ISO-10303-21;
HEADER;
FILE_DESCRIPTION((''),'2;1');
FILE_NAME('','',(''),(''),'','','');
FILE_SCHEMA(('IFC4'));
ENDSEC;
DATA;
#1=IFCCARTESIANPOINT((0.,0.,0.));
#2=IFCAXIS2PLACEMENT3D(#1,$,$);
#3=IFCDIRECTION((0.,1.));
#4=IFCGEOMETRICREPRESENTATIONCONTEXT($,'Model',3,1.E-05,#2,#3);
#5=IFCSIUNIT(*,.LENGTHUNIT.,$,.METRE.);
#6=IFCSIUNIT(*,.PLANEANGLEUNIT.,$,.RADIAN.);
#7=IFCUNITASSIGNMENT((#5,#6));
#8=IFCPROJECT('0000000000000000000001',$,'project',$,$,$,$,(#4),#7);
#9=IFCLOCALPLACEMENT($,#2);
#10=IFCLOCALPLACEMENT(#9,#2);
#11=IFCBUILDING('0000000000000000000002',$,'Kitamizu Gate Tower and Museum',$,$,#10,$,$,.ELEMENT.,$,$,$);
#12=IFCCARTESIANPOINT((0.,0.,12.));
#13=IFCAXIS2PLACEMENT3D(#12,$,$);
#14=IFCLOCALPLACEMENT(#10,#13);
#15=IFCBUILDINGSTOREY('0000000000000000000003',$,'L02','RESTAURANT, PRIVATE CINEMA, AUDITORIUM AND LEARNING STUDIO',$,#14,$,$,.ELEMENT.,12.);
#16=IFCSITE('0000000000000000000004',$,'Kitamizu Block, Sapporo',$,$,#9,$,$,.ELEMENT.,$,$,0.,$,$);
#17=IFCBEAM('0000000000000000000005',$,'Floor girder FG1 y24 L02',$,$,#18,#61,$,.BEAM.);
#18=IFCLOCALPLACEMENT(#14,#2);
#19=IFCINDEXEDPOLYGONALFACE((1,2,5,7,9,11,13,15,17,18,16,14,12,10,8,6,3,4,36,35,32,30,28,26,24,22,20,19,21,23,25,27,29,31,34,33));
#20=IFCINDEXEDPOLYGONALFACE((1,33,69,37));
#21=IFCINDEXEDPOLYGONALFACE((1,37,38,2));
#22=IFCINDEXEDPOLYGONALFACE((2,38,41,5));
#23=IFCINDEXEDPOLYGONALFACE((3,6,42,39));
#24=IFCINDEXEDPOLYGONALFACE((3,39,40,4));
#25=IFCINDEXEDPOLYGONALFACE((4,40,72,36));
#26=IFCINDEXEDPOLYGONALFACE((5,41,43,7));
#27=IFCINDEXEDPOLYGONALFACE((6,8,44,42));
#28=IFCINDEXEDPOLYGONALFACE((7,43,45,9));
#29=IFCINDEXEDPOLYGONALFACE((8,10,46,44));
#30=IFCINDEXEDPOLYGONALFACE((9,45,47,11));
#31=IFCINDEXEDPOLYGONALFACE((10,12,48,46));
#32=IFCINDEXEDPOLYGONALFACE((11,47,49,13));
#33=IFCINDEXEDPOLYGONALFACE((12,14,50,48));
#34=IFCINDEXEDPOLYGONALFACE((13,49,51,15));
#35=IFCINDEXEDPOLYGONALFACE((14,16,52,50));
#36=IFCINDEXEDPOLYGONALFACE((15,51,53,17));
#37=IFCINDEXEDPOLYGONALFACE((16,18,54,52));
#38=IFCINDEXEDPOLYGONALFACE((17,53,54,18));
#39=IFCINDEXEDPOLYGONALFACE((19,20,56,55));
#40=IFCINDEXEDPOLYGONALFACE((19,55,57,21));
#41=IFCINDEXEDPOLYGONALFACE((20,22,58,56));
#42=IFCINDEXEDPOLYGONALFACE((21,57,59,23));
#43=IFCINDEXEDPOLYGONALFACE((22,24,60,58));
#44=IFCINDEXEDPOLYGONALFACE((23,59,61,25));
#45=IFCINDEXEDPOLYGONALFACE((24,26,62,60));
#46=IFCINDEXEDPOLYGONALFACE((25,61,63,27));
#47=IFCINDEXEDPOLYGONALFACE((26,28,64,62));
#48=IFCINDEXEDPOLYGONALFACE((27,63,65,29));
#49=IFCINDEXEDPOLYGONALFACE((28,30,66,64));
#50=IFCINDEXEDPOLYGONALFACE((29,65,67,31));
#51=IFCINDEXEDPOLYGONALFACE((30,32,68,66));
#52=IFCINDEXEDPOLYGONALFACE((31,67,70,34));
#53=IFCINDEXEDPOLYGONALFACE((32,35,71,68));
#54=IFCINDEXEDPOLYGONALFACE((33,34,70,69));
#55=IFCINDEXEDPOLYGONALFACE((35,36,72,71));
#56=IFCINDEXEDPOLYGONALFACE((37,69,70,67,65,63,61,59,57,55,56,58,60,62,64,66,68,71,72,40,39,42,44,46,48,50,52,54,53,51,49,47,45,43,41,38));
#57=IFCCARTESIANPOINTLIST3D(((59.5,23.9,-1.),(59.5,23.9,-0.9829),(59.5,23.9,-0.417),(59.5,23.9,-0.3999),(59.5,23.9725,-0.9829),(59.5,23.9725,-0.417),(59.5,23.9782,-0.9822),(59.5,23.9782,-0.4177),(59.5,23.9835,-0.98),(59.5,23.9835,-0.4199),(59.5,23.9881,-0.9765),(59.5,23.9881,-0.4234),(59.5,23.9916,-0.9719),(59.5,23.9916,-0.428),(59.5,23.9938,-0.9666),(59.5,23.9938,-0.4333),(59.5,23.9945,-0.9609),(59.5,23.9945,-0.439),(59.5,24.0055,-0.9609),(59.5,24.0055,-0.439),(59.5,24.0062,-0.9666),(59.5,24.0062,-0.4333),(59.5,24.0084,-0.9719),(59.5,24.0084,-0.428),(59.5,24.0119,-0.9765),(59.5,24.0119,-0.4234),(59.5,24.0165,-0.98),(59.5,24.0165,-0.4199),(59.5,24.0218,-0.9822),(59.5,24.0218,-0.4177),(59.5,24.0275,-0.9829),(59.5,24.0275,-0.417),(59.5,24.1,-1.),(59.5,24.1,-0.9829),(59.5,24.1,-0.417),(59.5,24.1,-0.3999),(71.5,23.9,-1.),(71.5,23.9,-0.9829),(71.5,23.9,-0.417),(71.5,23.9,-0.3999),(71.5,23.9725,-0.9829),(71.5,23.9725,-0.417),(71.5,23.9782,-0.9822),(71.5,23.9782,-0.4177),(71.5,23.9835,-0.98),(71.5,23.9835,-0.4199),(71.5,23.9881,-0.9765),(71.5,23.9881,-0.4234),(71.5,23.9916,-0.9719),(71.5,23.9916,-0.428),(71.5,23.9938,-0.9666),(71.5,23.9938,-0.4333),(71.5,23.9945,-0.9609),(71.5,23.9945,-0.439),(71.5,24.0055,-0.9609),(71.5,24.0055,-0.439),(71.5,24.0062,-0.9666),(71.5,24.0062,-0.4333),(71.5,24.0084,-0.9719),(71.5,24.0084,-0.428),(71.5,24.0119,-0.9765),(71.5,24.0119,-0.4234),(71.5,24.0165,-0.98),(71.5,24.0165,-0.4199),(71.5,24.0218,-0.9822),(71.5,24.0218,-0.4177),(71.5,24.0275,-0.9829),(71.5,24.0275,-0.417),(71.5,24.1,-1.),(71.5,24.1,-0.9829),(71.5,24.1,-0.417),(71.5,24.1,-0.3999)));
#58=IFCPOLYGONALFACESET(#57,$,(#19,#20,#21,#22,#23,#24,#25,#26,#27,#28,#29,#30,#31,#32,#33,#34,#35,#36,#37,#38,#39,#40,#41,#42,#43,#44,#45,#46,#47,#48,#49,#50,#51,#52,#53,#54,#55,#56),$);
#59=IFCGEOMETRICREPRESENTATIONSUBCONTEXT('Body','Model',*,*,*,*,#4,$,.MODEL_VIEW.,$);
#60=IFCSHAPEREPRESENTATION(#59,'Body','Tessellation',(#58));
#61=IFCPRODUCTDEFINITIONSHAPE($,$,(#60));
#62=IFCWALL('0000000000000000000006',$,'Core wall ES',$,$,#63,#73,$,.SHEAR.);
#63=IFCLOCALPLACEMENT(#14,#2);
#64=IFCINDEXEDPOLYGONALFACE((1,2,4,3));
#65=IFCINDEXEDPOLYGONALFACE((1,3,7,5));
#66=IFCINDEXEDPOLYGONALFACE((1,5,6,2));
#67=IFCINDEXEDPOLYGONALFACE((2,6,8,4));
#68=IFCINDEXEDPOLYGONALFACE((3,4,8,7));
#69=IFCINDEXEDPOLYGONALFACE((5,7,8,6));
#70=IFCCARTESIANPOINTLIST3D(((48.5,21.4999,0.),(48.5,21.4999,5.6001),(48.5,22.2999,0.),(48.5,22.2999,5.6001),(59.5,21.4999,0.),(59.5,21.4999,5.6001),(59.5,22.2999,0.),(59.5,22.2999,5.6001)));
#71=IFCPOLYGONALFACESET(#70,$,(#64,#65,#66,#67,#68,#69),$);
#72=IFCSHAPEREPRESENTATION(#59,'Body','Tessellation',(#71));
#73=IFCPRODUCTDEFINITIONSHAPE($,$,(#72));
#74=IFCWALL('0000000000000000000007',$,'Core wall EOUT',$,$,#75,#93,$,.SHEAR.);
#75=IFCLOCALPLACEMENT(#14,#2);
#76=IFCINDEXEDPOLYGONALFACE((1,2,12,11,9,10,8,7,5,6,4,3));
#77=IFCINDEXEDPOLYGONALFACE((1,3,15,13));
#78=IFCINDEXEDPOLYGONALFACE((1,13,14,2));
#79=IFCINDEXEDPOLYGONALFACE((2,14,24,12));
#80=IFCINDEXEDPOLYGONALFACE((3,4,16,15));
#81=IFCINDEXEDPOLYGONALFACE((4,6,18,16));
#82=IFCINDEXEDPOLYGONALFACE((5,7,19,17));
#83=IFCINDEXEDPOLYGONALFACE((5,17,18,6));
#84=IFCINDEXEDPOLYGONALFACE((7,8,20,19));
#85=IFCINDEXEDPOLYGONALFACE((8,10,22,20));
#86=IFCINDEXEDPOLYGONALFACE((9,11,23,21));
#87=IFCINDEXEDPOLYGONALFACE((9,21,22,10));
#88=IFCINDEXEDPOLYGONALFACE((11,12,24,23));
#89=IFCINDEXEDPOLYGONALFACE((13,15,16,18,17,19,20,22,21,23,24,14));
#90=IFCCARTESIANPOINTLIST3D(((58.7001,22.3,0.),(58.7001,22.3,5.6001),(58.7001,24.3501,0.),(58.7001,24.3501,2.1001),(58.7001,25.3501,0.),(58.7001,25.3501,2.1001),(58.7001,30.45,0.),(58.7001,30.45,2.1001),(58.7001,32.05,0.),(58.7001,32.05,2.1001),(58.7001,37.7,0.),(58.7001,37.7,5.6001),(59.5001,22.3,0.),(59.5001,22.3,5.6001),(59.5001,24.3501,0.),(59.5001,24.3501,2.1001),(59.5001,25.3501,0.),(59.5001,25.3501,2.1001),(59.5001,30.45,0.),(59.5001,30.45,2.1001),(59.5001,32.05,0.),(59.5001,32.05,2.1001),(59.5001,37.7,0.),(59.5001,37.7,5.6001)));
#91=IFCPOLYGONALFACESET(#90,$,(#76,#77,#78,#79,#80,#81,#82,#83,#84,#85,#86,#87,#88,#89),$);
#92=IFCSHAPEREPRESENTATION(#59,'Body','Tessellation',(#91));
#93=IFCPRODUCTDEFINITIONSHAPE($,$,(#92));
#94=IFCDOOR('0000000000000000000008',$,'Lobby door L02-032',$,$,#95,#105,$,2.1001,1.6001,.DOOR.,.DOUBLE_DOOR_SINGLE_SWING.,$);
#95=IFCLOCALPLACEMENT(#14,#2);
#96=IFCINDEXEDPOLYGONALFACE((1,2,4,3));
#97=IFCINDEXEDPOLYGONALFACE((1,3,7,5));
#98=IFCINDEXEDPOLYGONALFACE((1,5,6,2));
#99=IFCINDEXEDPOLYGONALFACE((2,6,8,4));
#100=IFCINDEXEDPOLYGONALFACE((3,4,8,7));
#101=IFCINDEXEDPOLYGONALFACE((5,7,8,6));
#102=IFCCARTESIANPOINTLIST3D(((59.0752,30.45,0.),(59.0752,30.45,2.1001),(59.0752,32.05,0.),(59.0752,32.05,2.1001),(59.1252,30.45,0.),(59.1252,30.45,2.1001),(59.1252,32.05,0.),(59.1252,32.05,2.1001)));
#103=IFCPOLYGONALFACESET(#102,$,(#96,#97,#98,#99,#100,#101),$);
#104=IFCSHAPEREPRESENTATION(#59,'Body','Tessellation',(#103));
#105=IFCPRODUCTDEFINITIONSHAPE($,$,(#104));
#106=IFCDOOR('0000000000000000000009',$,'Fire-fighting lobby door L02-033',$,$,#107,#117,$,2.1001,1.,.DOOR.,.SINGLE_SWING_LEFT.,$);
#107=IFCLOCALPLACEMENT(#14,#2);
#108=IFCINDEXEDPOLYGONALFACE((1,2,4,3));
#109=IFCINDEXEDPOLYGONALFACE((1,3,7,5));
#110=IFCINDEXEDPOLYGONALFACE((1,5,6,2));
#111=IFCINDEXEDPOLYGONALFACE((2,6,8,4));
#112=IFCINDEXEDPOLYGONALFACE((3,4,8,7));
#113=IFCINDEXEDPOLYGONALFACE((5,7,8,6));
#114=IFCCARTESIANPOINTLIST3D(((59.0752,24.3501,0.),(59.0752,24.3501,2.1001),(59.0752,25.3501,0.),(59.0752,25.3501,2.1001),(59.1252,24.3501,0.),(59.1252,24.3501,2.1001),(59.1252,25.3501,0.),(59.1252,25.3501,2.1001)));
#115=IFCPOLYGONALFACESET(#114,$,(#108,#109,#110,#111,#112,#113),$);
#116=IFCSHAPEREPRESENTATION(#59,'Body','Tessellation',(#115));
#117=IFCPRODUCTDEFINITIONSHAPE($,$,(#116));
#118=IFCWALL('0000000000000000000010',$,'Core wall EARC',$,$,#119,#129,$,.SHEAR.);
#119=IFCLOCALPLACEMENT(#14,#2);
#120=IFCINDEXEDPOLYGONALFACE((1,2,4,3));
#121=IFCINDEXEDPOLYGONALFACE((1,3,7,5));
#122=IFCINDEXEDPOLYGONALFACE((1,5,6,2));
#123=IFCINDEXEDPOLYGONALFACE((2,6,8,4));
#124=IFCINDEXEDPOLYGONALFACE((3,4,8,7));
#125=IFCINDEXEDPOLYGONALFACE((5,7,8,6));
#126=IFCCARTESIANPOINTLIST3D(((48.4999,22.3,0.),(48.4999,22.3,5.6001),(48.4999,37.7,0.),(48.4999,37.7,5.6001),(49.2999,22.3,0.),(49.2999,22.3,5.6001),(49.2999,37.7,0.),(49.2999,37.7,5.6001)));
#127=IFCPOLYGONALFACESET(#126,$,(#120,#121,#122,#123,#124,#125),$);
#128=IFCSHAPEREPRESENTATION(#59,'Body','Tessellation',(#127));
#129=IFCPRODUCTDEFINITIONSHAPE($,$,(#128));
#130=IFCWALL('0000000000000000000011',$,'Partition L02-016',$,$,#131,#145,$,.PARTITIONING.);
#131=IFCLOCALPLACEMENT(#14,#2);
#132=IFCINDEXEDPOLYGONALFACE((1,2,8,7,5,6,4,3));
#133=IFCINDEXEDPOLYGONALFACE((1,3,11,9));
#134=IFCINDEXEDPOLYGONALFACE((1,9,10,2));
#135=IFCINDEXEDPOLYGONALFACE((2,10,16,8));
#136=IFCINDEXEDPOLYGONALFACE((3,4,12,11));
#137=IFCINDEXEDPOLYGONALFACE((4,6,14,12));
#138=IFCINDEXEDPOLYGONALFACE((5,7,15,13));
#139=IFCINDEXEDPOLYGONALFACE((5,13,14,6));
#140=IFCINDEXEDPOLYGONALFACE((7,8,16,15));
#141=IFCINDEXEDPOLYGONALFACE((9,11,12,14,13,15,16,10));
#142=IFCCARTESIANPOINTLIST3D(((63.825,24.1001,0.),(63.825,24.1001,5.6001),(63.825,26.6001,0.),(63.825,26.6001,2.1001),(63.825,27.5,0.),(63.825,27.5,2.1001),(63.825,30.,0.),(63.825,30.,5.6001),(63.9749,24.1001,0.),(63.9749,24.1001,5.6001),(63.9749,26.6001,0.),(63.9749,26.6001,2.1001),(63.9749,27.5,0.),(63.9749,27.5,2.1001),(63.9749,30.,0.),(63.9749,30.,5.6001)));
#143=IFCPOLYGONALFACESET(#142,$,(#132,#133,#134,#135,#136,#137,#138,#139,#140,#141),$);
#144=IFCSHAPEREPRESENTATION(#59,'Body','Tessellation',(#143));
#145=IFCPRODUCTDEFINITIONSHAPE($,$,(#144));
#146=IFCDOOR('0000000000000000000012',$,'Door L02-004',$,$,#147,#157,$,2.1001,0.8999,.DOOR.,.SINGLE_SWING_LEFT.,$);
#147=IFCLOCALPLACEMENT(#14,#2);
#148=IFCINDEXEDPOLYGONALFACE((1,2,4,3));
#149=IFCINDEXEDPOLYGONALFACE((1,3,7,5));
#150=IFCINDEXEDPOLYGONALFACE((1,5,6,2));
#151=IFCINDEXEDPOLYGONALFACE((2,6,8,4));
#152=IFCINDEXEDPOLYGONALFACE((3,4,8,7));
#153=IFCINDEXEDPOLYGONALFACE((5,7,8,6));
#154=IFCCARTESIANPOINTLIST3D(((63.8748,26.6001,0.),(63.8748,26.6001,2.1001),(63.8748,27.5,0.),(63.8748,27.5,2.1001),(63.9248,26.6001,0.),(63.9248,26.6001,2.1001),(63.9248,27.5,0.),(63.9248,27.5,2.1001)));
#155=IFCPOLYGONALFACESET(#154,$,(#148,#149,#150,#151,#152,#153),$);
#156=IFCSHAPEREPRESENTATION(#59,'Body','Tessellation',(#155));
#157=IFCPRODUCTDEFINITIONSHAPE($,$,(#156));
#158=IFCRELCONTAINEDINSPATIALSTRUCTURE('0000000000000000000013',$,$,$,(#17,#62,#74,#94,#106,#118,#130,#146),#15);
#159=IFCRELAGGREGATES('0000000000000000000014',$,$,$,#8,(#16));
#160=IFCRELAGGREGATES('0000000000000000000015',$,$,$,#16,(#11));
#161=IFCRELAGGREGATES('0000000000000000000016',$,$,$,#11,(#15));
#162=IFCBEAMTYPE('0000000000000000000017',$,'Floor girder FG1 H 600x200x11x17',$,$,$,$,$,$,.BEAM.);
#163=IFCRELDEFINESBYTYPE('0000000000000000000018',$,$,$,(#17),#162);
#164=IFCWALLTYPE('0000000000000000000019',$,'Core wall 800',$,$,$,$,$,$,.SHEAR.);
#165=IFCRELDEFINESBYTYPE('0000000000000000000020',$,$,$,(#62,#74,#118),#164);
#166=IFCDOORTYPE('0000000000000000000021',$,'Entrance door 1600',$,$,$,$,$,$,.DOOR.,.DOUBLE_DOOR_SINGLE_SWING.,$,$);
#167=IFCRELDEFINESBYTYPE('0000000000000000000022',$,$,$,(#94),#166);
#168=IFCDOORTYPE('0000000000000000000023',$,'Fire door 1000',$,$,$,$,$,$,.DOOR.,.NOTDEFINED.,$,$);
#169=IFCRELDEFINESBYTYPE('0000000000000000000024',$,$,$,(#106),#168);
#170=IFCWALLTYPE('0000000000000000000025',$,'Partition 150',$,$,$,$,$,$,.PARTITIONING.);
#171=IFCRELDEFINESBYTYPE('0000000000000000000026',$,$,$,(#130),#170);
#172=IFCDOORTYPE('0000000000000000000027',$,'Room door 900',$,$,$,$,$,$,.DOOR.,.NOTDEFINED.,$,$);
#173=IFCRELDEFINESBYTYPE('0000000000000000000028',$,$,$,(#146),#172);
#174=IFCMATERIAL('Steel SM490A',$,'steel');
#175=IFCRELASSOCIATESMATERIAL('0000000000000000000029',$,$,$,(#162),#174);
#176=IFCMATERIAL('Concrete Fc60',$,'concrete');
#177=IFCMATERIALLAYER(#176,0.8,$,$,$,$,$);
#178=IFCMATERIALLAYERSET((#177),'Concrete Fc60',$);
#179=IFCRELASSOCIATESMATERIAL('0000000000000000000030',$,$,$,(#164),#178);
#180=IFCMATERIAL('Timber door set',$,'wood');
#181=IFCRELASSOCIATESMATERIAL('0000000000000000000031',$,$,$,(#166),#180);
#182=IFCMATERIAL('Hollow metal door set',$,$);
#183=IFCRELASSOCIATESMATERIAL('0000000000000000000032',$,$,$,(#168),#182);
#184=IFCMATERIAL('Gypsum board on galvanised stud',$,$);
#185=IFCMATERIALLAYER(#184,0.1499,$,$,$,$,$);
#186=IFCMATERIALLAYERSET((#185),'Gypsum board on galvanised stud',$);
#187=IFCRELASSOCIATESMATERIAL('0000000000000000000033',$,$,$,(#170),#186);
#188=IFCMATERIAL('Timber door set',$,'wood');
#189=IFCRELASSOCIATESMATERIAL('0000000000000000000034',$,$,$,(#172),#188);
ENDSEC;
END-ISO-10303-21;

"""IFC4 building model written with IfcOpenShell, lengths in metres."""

from ifc_helpers import new_model, si_unit, direction, frame, frame_2d, origin, origin_2d, place, context, subcontext, project, spatial, rectangle, i_section, extrude, material, layer, layer_set, material_profile, profile_set, type_object, element, fill, save


model = new_model("IFC4")

# Units and contexts
model_context = context("Model", 3, precision=1e-05, world=origin(), true_north=direction((0.0, 1.0)))
body_context = subcontext(model_context, "Body", "Model", "MODEL_VIEW")
ifc_project = project(units=[si_unit("LENGTHUNIT", "METRE"), si_unit("PLANEANGLEUNIT", "RADIAN")], contexts=[model_context])

# Site, building, storey
site_placement = place(None, origin())
site = spatial("IfcSite", under=ifc_project, at=site_placement, Name="Kitamizu Block, Sapporo", CompositionType="ELEMENT", RefElevation=0.0)
building_placement = place(site_placement, origin())
building = spatial("IfcBuilding", under=site, at=building_placement, Name="Kitamizu Gate Tower and Museum", CompositionType="ELEMENT")
storey_placement = place(building_placement, frame((0.0, 0.0, 12.0)))
storey = spatial("IfcBuildingStorey", under=building, at=storey_placement, Name="L02", Description="RESTAURANT, PRIVATE CINEMA, AUDITORIUM AND LEARNING STUDIO", CompositionType="ELEMENT", Elevation=12.0)

# Beam
ifc_material_1 = material(Name="Steel SM490A", Category="steel")
ifc_material_profile = material_profile(ifc_material_1, i_section(OverallWidth=0.2, OverallDepth=0.6001, WebThickness=0.011, FlangeThickness=0.0171, FilletRadius=0.022, at=origin_2d()), Name="H-600x200x11x17")
ifc_profile_set = profile_set([ifc_material_profile], Name="Steel SM490A")
beam_type = type_object("IfcBeamType", Name="Floor girder FG1 H 600x200x11x17", PredefinedType="BEAM", material=ifc_profile_set)
beam_placement = place(storey_placement, frame((59.5, 24.0, -0.7), z_axis=(1.0, 0.0, 0.0), x_axis=(0.0, 1.0, 0.0)))
element("IfcBeam", 1, at=beam_placement, inside=storey, type_object=beam_type, Name="Floor girder FG1 y24 L02", PredefinedType="BEAM", context=body_context, shape_type="SweptSolid", body=[
    extrude(i_section(OverallWidth=0.2, OverallDepth=0.6001, WebThickness=0.011, FlangeThickness=0.0171, FilletRadius=0.022, at=origin_2d()), origin(), (0.0, 0.0, 1.0), 12.0),
])

# Wall
ifc_material_2 = material(Name="Concrete Fc60", Category="concrete")
ifc_layer_1 = layer(ifc_material_2, 0.8)
ifc_layer_set_1 = layer_set([ifc_layer_1], Name="Concrete Fc60")
wall_type_1 = type_object("IfcWallType", Name="Core wall 800", PredefinedType="SHEAR", material=ifc_layer_set_1)
wall_1_placement = place(storey_placement, frame((59.5, 21.8999, 0.0), z_axis=(0.0, 0.0, 1.0), x_axis=(-1.0, 0.0, 0.0)))
element("IfcWall", 2, at=wall_1_placement, inside=storey, type_object=wall_type_1, Name="Core wall ES", PredefinedType="SHEAR", context=body_context, shape_type="SweptSolid", body=[
    extrude(rectangle(XDim=11.0, YDim=0.8, at=frame_2d((5.5, 0.0))), origin(), (0.0, 0.0, 1.0), 5.6001),
])

# Wall, openings, doors
wall_2_placement = place(storey_placement, frame((59.1001, 22.3, 0.0), z_axis=(0.0, 0.0, 1.0), x_axis=(0.0, 1.0, 0.0)))
wall_2 = element("IfcWall", 3, at=wall_2_placement, inside=storey, type_object=wall_type_1, Name="Core wall EOUT", PredefinedType="SHEAR", context=body_context, shape_type="SweptSolid", body=[
    extrude(rectangle(XDim=15.3999, YDim=0.8, at=frame_2d((7.7, 0.0))), origin(), (0.0, 0.0, 1.0), 5.6001),
])
opening_1_placement = place(wall_2_placement, frame((8.1499, 0.0, 0.0)))
opening_1 = element("IfcOpeningElement", 4, at=opening_1_placement, cuts=wall_2, PredefinedType="OPENING", context=body_context, shape_type="SweptSolid", body=[
    extrude(rectangle(XDim=1.6001, YDim=2.1001, at=frame_2d((0.8, 1.05))), frame((0.0, 0.4102, 0.0), z_axis=(0.0, -1.0, 0.0), x_axis=(1.0, 0.0, 0.0)), (0.0, 0.0, 1.0), 0.8201),
])
opening_2_placement = place(wall_2_placement, frame((2.05, 0.0, 0.0)))
opening_2 = element("IfcOpeningElement", 5, at=opening_2_placement, cuts=wall_2, PredefinedType="OPENING", context=body_context, shape_type="SweptSolid", body=[
    extrude(rectangle(XDim=1.0, YDim=2.1001, at=frame_2d((0.5, 1.05))), frame((0.0, 0.4102, 0.0), z_axis=(0.0, -1.0, 0.0), x_axis=(1.0, 0.0, 0.0)), (0.0, 0.0, 1.0), 0.8201),
])
ifc_material_3 = material(Name="Timber door set", Category="wood")
door_type_1 = type_object("IfcDoorType", Name="Entrance door 1600", OperationType="DOUBLE_DOOR_SINGLE_SWING", PredefinedType="DOOR", material=ifc_material_3)
door_1_placement = place(opening_1_placement, origin())
door_1 = element("IfcDoor", 6, at=door_1_placement, inside=storey, type_object=door_type_1, Name="Lobby door L02-032", OperationType="DOUBLE_DOOR_SINGLE_SWING", OverallHeight=2.1001, OverallWidth=1.6001, PredefinedType="DOOR", context=body_context, shape_type="SweptSolid", body=[
    extrude(rectangle(XDim=1.6001, YDim=2.1001, at=frame_2d((0.8, 1.05))), frame((0.0, 0.0249, 0.0), z_axis=(0.0, -1.0, 0.0), x_axis=(1.0, 0.0, 0.0)), (0.0, 0.0, 1.0), 0.05),
])
fill(opening_1, door_1)
ifc_material_4 = material(Name="Hollow metal door set")
door_type_2 = type_object("IfcDoorType", Name="Fire door 1000", OperationType="NOTDEFINED", PredefinedType="DOOR", material=ifc_material_4)
door_2_placement = place(opening_2_placement, origin())
door_2 = element("IfcDoor", 7, at=door_2_placement, inside=storey, type_object=door_type_2, Name="Fire-fighting lobby door L02-033", OperationType="SINGLE_SWING_LEFT", OverallHeight=2.1001, OverallWidth=1.0, PredefinedType="DOOR", context=body_context, shape_type="SweptSolid", body=[
    extrude(rectangle(XDim=1.0, YDim=2.1001, at=frame_2d((0.5, 1.05))), frame((0.0, 0.0249, 0.0), z_axis=(0.0, -1.0, 0.0), x_axis=(1.0, 0.0, 0.0)), (0.0, 0.0, 1.0), 0.05),
])
fill(opening_2, door_2)

# Wall
wall_3_placement = place(storey_placement, frame((48.8999, 22.3, 0.0), z_axis=(0.0, 0.0, 1.0), x_axis=(0.0, 1.0, 0.0)))
element("IfcWall", 8, at=wall_3_placement, inside=storey, type_object=wall_type_1, Name="Core wall EARC", PredefinedType="SHEAR", context=body_context, shape_type="SweptSolid", body=[
    extrude(rectangle(XDim=15.3999, YDim=0.8, at=frame_2d((7.7, 0.0))), origin(), (0.0, 0.0, 1.0), 5.6001),
])

# Wall, opening, door
ifc_material_5 = material(Name="Gypsum board on galvanised stud")
ifc_layer_2 = layer(ifc_material_5, 0.1499)
ifc_layer_set_2 = layer_set([ifc_layer_2], Name="Gypsum board on galvanised stud")
wall_type_2 = type_object("IfcWallType", Name="Partition 150", PredefinedType="PARTITIONING", material=ifc_layer_set_2)
wall_4_placement = place(storey_placement, frame((63.8999, 24.1001, 0.0), z_axis=(0.0, 0.0, 1.0), x_axis=(0.0, 1.0, 0.0)))
wall_4 = element("IfcWall", 9, at=wall_4_placement, inside=storey, type_object=wall_type_2, Name="Partition L02-016", PredefinedType="PARTITIONING", context=body_context, shape_type="SweptSolid", body=[
    extrude(rectangle(XDim=5.8999, YDim=0.1499, at=frame_2d((2.95, 0.0))), origin(), (0.0, 0.0, 1.0), 5.6001),
])
opening_3_placement = place(wall_4_placement, frame((2.5, 0.0, 0.0)))
opening_3 = element("IfcOpeningElement", 10, at=opening_3_placement, cuts=wall_4, PredefinedType="OPENING", context=body_context, shape_type="SweptSolid", body=[
    extrude(rectangle(XDim=0.8999, YDim=2.1001, at=frame_2d((0.45, 1.05))), frame((0.0, 0.085, 0.0), z_axis=(0.0, -1.0, 0.0), x_axis=(1.0, 0.0, 0.0)), (0.0, 0.0, 1.0), 0.1699),
])
ifc_material_6 = material(Name="Timber door set", Category="wood")
door_type_3 = type_object("IfcDoorType", Name="Room door 900", OperationType="NOTDEFINED", PredefinedType="DOOR", material=ifc_material_6)
door_3_placement = place(opening_3_placement, frame((0.8999, 0.0, 0.0), x_axis=(-1.0, 0.0, 0.0)))
door_3 = element("IfcDoor", 11, at=door_3_placement, inside=storey, type_object=door_type_3, Name="Door L02-004", OperationType="SINGLE_SWING_LEFT", OverallHeight=2.1001, OverallWidth=0.8999, PredefinedType="DOOR", context=body_context, shape_type="SweptSolid", body=[
    extrude(rectangle(XDim=0.8999, YDim=2.1001, at=frame_2d((0.45, 1.05))), frame((0.0, 0.0249, 0.0), z_axis=(0.0, -1.0, 0.0), x_axis=(1.0, 0.0, 0.0)), (0.0, 0.0, 1.0), 0.05),
])
fill(opening_3, door_3)

save(model, "model.ifc")
